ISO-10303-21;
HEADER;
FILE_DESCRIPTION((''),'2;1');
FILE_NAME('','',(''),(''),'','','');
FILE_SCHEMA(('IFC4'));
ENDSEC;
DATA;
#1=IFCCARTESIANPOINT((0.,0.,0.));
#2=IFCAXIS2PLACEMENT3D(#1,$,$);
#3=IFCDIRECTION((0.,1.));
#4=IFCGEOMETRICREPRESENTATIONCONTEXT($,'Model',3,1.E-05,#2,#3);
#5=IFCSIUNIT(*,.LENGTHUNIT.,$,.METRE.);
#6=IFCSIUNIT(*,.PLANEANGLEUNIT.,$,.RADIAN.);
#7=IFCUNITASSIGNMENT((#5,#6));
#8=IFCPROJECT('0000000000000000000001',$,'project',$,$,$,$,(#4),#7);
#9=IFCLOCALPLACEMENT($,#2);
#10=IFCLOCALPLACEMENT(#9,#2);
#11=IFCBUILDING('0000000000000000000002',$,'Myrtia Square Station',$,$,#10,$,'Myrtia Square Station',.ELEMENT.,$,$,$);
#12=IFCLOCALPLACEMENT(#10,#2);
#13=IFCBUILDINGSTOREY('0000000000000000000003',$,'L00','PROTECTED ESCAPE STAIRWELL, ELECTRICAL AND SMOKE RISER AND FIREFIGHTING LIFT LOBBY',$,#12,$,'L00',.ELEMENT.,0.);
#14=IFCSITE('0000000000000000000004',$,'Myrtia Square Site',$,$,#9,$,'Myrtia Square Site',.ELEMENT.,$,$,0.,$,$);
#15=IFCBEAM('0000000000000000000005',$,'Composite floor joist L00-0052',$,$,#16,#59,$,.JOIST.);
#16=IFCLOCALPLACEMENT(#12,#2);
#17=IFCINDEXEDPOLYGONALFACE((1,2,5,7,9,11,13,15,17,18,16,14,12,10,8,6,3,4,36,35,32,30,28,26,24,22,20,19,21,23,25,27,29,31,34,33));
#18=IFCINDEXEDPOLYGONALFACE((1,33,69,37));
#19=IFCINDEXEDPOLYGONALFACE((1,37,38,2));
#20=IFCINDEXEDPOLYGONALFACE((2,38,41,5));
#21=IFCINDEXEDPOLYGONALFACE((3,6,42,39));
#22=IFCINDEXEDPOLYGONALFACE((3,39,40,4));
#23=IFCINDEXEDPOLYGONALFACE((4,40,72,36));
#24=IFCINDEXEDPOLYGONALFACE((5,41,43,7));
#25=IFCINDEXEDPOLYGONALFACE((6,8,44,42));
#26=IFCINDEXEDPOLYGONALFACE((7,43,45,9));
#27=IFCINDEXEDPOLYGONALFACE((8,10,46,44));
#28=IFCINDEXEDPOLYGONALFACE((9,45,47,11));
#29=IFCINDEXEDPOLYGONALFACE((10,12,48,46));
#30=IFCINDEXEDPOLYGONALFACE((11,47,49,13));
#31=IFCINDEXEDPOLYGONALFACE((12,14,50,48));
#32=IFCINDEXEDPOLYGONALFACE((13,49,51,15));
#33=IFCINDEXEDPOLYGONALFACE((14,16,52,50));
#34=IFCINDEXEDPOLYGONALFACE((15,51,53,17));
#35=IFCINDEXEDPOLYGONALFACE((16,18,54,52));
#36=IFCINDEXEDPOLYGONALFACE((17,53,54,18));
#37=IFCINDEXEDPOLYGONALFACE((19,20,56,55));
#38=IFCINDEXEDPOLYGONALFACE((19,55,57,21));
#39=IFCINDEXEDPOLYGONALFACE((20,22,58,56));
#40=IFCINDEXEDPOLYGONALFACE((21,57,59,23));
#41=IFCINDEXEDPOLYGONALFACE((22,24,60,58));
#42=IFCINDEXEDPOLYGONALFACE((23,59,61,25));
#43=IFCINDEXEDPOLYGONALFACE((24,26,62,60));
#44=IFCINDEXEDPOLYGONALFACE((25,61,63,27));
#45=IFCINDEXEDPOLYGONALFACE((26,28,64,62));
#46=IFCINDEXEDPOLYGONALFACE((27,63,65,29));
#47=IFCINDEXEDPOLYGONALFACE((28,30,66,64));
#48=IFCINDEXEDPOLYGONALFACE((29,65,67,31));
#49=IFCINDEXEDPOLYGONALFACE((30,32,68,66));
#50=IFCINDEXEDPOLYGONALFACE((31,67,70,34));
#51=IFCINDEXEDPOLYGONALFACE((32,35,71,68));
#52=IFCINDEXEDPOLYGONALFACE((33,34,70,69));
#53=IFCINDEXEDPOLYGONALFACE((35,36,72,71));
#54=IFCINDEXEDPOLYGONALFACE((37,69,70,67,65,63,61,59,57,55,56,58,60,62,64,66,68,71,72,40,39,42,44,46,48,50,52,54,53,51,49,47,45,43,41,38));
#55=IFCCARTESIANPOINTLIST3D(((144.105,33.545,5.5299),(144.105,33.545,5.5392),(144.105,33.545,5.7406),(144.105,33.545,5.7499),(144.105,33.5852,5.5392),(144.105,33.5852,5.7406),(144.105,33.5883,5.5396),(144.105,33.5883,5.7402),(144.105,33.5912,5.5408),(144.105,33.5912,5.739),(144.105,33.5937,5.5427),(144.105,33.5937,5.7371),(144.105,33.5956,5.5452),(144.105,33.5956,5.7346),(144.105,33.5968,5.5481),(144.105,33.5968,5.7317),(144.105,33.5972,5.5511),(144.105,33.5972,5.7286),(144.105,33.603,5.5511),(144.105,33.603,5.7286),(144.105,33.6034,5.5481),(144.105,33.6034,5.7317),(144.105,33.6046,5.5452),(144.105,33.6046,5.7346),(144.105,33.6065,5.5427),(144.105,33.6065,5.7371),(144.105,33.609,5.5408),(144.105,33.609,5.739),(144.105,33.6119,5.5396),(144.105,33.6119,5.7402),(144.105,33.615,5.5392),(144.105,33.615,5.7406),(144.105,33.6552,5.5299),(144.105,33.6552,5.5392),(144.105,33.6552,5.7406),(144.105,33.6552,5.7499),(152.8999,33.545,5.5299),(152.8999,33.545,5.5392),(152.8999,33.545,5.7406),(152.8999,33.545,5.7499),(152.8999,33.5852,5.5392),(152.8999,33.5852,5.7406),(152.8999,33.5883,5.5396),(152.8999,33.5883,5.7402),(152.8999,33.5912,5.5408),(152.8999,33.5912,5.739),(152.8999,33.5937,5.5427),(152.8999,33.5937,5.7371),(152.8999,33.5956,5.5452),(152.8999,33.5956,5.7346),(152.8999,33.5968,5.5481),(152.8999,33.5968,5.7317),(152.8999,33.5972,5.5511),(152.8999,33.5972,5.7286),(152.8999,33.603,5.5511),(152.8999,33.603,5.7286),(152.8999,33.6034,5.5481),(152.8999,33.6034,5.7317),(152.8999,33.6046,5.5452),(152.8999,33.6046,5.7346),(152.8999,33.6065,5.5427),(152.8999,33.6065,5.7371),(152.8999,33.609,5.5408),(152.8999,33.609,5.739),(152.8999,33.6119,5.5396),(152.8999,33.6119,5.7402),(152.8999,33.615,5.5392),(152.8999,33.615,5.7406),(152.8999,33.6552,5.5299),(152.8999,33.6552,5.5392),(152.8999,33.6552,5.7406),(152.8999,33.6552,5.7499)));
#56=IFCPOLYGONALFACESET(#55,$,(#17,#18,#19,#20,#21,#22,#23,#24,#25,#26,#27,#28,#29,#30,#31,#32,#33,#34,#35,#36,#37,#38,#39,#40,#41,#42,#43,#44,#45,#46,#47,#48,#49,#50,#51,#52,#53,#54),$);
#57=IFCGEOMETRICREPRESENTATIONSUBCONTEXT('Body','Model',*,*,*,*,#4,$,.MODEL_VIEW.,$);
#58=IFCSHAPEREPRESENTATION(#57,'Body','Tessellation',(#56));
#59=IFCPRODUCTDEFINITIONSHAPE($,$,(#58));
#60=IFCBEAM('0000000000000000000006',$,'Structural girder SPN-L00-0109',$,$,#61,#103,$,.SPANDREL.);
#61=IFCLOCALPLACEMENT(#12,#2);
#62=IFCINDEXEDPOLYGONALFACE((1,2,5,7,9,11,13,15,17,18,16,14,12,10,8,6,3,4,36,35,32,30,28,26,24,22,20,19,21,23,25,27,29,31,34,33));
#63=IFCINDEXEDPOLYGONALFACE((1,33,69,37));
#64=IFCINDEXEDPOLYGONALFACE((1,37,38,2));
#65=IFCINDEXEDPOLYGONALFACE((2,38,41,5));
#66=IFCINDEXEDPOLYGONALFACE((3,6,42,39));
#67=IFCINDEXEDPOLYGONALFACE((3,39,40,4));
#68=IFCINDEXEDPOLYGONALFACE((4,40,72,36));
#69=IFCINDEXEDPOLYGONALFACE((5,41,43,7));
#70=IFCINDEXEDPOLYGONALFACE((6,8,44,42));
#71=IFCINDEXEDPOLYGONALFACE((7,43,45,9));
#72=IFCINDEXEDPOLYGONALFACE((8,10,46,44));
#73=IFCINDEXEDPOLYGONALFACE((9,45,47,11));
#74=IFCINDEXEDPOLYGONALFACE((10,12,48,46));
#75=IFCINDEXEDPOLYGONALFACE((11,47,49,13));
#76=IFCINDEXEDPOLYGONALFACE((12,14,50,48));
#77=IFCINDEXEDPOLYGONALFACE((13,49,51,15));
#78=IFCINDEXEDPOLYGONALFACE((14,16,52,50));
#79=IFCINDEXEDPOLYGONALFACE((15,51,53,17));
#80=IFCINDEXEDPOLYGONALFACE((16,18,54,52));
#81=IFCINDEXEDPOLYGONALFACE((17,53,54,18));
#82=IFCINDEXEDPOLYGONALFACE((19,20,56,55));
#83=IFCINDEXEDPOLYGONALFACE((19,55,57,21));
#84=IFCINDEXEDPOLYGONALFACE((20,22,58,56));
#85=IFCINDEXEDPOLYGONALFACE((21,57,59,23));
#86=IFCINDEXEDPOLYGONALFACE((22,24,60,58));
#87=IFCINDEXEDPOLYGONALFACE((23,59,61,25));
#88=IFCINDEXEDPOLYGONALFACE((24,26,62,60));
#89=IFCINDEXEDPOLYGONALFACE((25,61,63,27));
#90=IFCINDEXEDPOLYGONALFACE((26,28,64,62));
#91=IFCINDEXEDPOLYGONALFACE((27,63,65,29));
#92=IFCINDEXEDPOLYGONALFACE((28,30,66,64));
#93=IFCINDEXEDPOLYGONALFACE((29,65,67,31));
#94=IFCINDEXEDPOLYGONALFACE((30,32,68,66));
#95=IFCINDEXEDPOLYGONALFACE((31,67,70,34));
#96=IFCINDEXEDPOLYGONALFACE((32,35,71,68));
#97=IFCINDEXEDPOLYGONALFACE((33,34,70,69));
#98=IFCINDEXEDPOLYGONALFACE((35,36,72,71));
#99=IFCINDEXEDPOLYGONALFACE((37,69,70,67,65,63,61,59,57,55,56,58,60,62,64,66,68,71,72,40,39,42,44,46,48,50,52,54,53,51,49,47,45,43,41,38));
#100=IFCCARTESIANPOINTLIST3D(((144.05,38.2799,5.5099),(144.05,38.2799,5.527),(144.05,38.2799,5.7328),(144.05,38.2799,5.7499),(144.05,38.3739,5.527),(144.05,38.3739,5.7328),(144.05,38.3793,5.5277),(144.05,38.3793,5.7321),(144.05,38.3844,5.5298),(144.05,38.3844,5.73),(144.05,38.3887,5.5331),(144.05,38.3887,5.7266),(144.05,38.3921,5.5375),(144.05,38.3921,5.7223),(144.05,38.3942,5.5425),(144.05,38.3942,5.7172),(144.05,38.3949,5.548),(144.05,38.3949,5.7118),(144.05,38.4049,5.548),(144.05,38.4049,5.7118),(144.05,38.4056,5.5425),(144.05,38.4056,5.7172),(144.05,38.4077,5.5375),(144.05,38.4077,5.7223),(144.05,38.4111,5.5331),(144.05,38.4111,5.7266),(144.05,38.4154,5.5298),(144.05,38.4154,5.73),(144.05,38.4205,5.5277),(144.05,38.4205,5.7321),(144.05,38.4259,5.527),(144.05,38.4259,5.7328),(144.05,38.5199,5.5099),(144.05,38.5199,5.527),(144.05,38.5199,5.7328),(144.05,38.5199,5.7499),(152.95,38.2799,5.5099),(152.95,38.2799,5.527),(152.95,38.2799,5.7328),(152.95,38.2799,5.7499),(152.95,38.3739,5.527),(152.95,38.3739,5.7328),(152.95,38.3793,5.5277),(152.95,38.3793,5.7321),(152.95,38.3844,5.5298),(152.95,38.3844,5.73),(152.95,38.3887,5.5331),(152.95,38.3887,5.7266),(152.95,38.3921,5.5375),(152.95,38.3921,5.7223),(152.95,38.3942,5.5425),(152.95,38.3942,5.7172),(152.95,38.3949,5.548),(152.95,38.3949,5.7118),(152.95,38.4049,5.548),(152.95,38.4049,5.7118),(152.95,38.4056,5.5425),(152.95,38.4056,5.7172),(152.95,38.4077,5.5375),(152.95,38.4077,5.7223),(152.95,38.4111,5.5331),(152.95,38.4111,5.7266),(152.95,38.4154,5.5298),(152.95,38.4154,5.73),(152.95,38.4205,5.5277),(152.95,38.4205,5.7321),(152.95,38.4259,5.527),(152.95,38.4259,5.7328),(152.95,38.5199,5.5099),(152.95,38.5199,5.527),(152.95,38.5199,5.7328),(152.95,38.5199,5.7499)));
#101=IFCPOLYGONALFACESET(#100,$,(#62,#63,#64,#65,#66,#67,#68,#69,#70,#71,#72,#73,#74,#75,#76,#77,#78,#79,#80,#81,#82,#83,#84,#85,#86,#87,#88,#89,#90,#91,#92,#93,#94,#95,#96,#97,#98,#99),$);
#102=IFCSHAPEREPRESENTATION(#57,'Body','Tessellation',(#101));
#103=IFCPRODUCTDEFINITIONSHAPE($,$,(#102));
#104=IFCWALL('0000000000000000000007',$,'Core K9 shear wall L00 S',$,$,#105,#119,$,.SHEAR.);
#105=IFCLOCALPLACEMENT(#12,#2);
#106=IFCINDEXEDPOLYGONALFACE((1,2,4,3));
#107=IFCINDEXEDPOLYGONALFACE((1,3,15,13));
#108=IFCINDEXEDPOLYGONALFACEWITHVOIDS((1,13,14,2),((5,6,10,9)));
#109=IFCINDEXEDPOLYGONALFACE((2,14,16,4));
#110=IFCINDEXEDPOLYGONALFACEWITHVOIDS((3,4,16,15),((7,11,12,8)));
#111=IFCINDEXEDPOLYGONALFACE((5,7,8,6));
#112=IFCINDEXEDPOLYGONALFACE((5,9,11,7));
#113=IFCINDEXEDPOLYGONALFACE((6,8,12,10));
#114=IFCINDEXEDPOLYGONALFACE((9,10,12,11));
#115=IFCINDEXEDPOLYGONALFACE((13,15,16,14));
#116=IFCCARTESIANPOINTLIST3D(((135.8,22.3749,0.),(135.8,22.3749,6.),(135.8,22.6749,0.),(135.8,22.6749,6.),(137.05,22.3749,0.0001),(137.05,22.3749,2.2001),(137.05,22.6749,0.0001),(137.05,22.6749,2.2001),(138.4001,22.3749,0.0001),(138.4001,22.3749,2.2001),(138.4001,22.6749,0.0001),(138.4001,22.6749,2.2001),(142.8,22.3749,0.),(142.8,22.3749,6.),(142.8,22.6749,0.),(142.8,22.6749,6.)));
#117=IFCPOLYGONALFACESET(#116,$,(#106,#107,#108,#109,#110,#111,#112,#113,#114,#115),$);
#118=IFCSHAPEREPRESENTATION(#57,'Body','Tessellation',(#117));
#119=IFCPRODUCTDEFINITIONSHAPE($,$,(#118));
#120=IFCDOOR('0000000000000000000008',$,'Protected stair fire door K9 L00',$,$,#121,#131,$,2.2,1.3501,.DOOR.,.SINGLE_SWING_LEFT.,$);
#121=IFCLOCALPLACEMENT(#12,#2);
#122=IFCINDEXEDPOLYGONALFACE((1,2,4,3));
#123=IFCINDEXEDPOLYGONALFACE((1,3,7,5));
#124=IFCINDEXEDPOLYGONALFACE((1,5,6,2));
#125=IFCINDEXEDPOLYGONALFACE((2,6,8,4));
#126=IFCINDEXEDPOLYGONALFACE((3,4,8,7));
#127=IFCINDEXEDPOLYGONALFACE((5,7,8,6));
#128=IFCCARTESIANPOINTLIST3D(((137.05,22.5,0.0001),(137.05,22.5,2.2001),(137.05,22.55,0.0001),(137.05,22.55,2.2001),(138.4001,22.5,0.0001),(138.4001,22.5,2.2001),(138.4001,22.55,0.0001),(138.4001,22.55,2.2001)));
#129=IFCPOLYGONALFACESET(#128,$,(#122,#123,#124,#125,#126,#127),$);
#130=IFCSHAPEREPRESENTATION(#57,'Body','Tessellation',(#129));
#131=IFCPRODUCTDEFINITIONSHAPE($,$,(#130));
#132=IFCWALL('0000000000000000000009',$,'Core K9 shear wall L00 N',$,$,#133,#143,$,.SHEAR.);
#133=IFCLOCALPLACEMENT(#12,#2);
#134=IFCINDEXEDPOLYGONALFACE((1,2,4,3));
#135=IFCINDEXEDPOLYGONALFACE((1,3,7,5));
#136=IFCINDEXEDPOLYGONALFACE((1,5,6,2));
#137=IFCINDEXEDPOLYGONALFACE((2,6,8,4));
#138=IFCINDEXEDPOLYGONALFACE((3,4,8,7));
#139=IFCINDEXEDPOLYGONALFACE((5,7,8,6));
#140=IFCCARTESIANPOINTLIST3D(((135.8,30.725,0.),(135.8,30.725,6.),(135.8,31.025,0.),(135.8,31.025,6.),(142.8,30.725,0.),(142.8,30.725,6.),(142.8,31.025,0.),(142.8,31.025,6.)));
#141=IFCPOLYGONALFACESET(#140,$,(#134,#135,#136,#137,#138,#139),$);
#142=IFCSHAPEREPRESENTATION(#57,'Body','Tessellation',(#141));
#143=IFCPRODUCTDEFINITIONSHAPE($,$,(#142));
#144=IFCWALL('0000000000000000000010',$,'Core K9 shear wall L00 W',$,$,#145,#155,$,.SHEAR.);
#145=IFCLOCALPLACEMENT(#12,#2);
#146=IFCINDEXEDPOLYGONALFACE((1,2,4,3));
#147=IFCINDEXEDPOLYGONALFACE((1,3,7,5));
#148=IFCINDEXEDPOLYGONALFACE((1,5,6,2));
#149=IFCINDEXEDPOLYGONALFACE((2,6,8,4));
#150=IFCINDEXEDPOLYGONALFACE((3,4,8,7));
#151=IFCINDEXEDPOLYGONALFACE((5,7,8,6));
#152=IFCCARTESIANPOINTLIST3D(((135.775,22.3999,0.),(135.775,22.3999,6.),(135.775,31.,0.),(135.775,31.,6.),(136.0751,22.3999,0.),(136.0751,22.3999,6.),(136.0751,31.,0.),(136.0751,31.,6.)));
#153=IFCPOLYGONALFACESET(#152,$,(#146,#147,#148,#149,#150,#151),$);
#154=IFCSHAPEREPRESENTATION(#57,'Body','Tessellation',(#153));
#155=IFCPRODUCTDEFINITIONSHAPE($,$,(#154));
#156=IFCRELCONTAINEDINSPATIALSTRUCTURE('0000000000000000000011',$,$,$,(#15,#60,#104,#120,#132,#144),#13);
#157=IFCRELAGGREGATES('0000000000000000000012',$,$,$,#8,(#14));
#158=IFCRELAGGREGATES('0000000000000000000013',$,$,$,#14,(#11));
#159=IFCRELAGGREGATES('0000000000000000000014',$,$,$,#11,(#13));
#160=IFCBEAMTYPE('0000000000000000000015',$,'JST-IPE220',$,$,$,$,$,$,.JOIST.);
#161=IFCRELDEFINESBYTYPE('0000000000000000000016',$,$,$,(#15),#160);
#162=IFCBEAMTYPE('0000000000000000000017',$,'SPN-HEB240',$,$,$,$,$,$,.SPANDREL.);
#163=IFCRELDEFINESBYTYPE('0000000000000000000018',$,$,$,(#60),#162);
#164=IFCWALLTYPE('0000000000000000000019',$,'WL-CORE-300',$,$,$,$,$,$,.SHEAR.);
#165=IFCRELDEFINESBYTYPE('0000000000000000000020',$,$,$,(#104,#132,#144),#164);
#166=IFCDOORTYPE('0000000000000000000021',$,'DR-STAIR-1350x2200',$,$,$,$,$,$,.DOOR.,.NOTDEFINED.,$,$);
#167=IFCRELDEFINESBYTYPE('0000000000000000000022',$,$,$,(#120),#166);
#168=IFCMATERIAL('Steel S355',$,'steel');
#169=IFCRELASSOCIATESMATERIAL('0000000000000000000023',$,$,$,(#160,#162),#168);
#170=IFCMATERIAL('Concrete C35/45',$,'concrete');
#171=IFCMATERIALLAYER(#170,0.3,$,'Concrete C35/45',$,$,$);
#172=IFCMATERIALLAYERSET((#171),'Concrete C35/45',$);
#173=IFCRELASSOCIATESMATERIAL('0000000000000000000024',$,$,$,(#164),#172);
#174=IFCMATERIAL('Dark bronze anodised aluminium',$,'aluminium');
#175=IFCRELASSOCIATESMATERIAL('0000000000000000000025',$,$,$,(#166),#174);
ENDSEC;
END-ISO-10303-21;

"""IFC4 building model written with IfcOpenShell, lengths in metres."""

from ifc_helpers import new_model, si_unit, direction, frame, frame_2d, origin, origin_2d, place, context, subcontext, project, spatial, rectangle, i_section, extrude, material, layer, layer_set, material_profile, profile_set, type_object, element, fill, save


model = new_model("IFC4")

# Units and contexts
model_context = context("Model", 3, precision=1e-05, world=origin(), true_north=direction((0.0, 1.0)))
body_context = subcontext(model_context, "Body", "Model", "MODEL_VIEW")
ifc_project = project(units=[si_unit("LENGTHUNIT", "METRE"), si_unit("PLANEANGLEUNIT", "RADIAN")], contexts=[model_context])

# Site, building, storey
site_placement = place(None, origin())
site = spatial("IfcSite", under=ifc_project, at=site_placement, Name="Myrtia Square Site", LongName="Myrtia Square Site", CompositionType="ELEMENT", RefElevation=0.0)
building_placement = place(site_placement, origin())
building = spatial("IfcBuilding", under=site, at=building_placement, Name="Myrtia Square Station", LongName="Myrtia Square Station", CompositionType="ELEMENT")
storey_placement = place(building_placement, origin())
storey = spatial("IfcBuildingStorey", under=building, at=storey_placement, Name="L00", Description="PROTECTED ESCAPE STAIRWELL, ELECTRICAL AND SMOKE RISER AND FIREFIGHTING LIFT LOBBY", LongName="L00", CompositionType="ELEMENT", Elevation=0.0)

# Shared definitions
ifc_material_1 = material(Name="Concrete C35/45", Category="concrete")

# Shared definitions
ifc_material_2 = material(Name="Steel S355", Category="steel")

# Beams
ifc_material_profile_1 = material_profile(ifc_material_2, i_section(OverallWidth=0.1101, OverallDepth=0.22, WebThickness=0.0059, FlangeThickness=0.0093, FilletRadius=0.012, at=origin_2d()), Name="IPE 220")
ifc_profile_set_1 = profile_set([ifc_material_profile_1], Name="Steel S355")
beam_type_1 = type_object("IfcBeamType", Name="JST-IPE220", PredefinedType="JOIST", material=ifc_profile_set_1)
beam_1_placement = place(storey_placement, frame((144.105, 33.6001, 5.6399), z_axis=(1.0, 0.0, 0.0), x_axis=(0.0, 1.0, 0.0)))
element("IfcBeam", 1, at=beam_1_placement, inside=storey, type_object=beam_type_1, Name="Composite floor joist L00-0052", PredefinedType="JOIST", context=body_context, shape_type="SweptSolid", body=[
    extrude(i_section(OverallWidth=0.1101, OverallDepth=0.22, WebThickness=0.0059, FlangeThickness=0.0093, FilletRadius=0.012, at=origin_2d()), origin(), (0.0, 0.0, 1.0), 8.7949),
])
ifc_material_profile_2 = material_profile(ifc_material_2, i_section(OverallWidth=0.24, OverallDepth=0.24, WebThickness=0.01, FlangeThickness=0.0171, FilletRadius=0.021, at=origin_2d()), Name="HEB 240")
ifc_profile_set_2 = profile_set([ifc_material_profile_2], Name="Steel S355")
beam_type_2 = type_object("IfcBeamType", Name="SPN-HEB240", PredefinedType="SPANDREL", material=ifc_profile_set_2)
beam_2_placement = place(storey_placement, frame((144.05, 38.3999, 5.6299), z_axis=(1.0, 0.0, 0.0), x_axis=(0.0, 1.0, 0.0)))
element("IfcBeam", 2, at=beam_2_placement, inside=storey, type_object=beam_type_2, Name="Structural girder SPN-L00-0109", PredefinedType="SPANDREL", context=body_context, shape_type="SweptSolid", body=[
    extrude(i_section(OverallWidth=0.24, OverallDepth=0.24, WebThickness=0.01, FlangeThickness=0.0171, FilletRadius=0.021, at=origin_2d()), origin(), (0.0, 0.0, 1.0), 8.8999),
])

# Wall, opening, door
ifc_layer_1 = layer(ifc_material_1, 0.3, Name="Concrete C35/45")
ifc_layer_set_1 = layer_set([ifc_layer_1], Name="Concrete C35/45")
wall_type_1 = type_object("IfcWallType", Name="WL-CORE-300", PredefinedType="SHEAR", material=ifc_layer_set_1)
wall_1_placement = place(storey_placement, frame((135.8, 22.5249, 0.0), z_axis=(0.0, 0.0, 1.0), x_axis=(1.0, 0.0, 0.0)))
wall_1 = element("IfcWall", 3, at=wall_1_placement, inside=storey, type_object=wall_type_1, Name="Core K9 shear wall L00 S", PredefinedType="SHEAR", context=body_context, shape_type="SweptSolid", body=[
    extrude(rectangle(XDim=7.0, YDim=0.3, at=frame_2d((3.5, 0.0))), origin(), (0.0, 0.0, 1.0), 6.0),
])
opening_1_placement = place(wall_1_placement, frame((1.25, 0.0, 0.0)))
opening_1 = element("IfcOpeningElement", 4, at=opening_1_placement, cuts=wall_1, PredefinedType="OPENING", context=body_context, shape_type="SweptSolid", body=[
    extrude(rectangle(XDim=1.3501, YDim=2.2, at=frame_2d((0.675, 1.1001))), frame((0.0, 0.165, 0.0), z_axis=(0.0, -1.0, 0.0), x_axis=(1.0, 0.0, 0.0)), (0.0, 0.0, 1.0), 0.3301),
])
ifc_material_3 = material(Name="Dark bronze anodised aluminium", Category="aluminium")
door_type_1 = type_object("IfcDoorType", Name="DR-STAIR-1350x2200", OperationType="NOTDEFINED", PredefinedType="DOOR", material=ifc_material_3)
door_1_placement = place(opening_1_placement, frame((1.3501, 0.0, 0.0), z_axis=(0.0, 0.0, 1.0), x_axis=(-1.0, 0.0, 0.0)))
door_1 = element("IfcDoor", 5, at=door_1_placement, inside=storey, type_object=door_type_1, Name="Protected stair fire door K9 L00", OperationType="SINGLE_SWING_LEFT", OverallHeight=2.2, OverallWidth=1.3501, PredefinedType="DOOR", context=body_context, shape_type="SweptSolid", body=[
    extrude(rectangle(XDim=1.3501, YDim=2.2, at=frame_2d((0.675, 1.1001))), frame((0.0, 0.0249, 0.0), z_axis=(0.0, -1.0, 0.0), x_axis=(1.0, 0.0, 0.0)), (0.0, 0.0, 1.0), 0.05),
])
fill(opening_1, door_1)

# Walls
wall_2_placement = place(storey_placement, frame((135.8, 30.875, 0.0), z_axis=(0.0, 0.0, 1.0), x_axis=(1.0, 0.0, 0.0)))
element("IfcWall", 6, at=wall_2_placement, inside=storey, type_object=wall_type_1, Name="Core K9 shear wall L00 N", PredefinedType="SHEAR", context=body_context, shape_type="SweptSolid", body=[
    extrude(rectangle(XDim=7.0, YDim=0.3, at=frame_2d((3.5, 0.0))), origin(), (0.0, 0.0, 1.0), 6.0),
])
wall_3_placement = place(storey_placement, frame((135.925, 22.3999, 0.0), z_axis=(0.0, 0.0, 1.0), x_axis=(0.0, 1.0, 0.0)))
element("IfcWall", 7, at=wall_3_placement, inside=storey, type_object=wall_type_1, Name="Core K9 shear wall L00 W", PredefinedType="SHEAR", context=body_context, shape_type="SweptSolid", body=[
    extrude(rectangle(XDim=8.6001, YDim=0.3, at=frame_2d((4.3, 0.0))), origin(), (0.0, 0.0, 1.0), 6.0),
])

save(model, "model.ifc")
